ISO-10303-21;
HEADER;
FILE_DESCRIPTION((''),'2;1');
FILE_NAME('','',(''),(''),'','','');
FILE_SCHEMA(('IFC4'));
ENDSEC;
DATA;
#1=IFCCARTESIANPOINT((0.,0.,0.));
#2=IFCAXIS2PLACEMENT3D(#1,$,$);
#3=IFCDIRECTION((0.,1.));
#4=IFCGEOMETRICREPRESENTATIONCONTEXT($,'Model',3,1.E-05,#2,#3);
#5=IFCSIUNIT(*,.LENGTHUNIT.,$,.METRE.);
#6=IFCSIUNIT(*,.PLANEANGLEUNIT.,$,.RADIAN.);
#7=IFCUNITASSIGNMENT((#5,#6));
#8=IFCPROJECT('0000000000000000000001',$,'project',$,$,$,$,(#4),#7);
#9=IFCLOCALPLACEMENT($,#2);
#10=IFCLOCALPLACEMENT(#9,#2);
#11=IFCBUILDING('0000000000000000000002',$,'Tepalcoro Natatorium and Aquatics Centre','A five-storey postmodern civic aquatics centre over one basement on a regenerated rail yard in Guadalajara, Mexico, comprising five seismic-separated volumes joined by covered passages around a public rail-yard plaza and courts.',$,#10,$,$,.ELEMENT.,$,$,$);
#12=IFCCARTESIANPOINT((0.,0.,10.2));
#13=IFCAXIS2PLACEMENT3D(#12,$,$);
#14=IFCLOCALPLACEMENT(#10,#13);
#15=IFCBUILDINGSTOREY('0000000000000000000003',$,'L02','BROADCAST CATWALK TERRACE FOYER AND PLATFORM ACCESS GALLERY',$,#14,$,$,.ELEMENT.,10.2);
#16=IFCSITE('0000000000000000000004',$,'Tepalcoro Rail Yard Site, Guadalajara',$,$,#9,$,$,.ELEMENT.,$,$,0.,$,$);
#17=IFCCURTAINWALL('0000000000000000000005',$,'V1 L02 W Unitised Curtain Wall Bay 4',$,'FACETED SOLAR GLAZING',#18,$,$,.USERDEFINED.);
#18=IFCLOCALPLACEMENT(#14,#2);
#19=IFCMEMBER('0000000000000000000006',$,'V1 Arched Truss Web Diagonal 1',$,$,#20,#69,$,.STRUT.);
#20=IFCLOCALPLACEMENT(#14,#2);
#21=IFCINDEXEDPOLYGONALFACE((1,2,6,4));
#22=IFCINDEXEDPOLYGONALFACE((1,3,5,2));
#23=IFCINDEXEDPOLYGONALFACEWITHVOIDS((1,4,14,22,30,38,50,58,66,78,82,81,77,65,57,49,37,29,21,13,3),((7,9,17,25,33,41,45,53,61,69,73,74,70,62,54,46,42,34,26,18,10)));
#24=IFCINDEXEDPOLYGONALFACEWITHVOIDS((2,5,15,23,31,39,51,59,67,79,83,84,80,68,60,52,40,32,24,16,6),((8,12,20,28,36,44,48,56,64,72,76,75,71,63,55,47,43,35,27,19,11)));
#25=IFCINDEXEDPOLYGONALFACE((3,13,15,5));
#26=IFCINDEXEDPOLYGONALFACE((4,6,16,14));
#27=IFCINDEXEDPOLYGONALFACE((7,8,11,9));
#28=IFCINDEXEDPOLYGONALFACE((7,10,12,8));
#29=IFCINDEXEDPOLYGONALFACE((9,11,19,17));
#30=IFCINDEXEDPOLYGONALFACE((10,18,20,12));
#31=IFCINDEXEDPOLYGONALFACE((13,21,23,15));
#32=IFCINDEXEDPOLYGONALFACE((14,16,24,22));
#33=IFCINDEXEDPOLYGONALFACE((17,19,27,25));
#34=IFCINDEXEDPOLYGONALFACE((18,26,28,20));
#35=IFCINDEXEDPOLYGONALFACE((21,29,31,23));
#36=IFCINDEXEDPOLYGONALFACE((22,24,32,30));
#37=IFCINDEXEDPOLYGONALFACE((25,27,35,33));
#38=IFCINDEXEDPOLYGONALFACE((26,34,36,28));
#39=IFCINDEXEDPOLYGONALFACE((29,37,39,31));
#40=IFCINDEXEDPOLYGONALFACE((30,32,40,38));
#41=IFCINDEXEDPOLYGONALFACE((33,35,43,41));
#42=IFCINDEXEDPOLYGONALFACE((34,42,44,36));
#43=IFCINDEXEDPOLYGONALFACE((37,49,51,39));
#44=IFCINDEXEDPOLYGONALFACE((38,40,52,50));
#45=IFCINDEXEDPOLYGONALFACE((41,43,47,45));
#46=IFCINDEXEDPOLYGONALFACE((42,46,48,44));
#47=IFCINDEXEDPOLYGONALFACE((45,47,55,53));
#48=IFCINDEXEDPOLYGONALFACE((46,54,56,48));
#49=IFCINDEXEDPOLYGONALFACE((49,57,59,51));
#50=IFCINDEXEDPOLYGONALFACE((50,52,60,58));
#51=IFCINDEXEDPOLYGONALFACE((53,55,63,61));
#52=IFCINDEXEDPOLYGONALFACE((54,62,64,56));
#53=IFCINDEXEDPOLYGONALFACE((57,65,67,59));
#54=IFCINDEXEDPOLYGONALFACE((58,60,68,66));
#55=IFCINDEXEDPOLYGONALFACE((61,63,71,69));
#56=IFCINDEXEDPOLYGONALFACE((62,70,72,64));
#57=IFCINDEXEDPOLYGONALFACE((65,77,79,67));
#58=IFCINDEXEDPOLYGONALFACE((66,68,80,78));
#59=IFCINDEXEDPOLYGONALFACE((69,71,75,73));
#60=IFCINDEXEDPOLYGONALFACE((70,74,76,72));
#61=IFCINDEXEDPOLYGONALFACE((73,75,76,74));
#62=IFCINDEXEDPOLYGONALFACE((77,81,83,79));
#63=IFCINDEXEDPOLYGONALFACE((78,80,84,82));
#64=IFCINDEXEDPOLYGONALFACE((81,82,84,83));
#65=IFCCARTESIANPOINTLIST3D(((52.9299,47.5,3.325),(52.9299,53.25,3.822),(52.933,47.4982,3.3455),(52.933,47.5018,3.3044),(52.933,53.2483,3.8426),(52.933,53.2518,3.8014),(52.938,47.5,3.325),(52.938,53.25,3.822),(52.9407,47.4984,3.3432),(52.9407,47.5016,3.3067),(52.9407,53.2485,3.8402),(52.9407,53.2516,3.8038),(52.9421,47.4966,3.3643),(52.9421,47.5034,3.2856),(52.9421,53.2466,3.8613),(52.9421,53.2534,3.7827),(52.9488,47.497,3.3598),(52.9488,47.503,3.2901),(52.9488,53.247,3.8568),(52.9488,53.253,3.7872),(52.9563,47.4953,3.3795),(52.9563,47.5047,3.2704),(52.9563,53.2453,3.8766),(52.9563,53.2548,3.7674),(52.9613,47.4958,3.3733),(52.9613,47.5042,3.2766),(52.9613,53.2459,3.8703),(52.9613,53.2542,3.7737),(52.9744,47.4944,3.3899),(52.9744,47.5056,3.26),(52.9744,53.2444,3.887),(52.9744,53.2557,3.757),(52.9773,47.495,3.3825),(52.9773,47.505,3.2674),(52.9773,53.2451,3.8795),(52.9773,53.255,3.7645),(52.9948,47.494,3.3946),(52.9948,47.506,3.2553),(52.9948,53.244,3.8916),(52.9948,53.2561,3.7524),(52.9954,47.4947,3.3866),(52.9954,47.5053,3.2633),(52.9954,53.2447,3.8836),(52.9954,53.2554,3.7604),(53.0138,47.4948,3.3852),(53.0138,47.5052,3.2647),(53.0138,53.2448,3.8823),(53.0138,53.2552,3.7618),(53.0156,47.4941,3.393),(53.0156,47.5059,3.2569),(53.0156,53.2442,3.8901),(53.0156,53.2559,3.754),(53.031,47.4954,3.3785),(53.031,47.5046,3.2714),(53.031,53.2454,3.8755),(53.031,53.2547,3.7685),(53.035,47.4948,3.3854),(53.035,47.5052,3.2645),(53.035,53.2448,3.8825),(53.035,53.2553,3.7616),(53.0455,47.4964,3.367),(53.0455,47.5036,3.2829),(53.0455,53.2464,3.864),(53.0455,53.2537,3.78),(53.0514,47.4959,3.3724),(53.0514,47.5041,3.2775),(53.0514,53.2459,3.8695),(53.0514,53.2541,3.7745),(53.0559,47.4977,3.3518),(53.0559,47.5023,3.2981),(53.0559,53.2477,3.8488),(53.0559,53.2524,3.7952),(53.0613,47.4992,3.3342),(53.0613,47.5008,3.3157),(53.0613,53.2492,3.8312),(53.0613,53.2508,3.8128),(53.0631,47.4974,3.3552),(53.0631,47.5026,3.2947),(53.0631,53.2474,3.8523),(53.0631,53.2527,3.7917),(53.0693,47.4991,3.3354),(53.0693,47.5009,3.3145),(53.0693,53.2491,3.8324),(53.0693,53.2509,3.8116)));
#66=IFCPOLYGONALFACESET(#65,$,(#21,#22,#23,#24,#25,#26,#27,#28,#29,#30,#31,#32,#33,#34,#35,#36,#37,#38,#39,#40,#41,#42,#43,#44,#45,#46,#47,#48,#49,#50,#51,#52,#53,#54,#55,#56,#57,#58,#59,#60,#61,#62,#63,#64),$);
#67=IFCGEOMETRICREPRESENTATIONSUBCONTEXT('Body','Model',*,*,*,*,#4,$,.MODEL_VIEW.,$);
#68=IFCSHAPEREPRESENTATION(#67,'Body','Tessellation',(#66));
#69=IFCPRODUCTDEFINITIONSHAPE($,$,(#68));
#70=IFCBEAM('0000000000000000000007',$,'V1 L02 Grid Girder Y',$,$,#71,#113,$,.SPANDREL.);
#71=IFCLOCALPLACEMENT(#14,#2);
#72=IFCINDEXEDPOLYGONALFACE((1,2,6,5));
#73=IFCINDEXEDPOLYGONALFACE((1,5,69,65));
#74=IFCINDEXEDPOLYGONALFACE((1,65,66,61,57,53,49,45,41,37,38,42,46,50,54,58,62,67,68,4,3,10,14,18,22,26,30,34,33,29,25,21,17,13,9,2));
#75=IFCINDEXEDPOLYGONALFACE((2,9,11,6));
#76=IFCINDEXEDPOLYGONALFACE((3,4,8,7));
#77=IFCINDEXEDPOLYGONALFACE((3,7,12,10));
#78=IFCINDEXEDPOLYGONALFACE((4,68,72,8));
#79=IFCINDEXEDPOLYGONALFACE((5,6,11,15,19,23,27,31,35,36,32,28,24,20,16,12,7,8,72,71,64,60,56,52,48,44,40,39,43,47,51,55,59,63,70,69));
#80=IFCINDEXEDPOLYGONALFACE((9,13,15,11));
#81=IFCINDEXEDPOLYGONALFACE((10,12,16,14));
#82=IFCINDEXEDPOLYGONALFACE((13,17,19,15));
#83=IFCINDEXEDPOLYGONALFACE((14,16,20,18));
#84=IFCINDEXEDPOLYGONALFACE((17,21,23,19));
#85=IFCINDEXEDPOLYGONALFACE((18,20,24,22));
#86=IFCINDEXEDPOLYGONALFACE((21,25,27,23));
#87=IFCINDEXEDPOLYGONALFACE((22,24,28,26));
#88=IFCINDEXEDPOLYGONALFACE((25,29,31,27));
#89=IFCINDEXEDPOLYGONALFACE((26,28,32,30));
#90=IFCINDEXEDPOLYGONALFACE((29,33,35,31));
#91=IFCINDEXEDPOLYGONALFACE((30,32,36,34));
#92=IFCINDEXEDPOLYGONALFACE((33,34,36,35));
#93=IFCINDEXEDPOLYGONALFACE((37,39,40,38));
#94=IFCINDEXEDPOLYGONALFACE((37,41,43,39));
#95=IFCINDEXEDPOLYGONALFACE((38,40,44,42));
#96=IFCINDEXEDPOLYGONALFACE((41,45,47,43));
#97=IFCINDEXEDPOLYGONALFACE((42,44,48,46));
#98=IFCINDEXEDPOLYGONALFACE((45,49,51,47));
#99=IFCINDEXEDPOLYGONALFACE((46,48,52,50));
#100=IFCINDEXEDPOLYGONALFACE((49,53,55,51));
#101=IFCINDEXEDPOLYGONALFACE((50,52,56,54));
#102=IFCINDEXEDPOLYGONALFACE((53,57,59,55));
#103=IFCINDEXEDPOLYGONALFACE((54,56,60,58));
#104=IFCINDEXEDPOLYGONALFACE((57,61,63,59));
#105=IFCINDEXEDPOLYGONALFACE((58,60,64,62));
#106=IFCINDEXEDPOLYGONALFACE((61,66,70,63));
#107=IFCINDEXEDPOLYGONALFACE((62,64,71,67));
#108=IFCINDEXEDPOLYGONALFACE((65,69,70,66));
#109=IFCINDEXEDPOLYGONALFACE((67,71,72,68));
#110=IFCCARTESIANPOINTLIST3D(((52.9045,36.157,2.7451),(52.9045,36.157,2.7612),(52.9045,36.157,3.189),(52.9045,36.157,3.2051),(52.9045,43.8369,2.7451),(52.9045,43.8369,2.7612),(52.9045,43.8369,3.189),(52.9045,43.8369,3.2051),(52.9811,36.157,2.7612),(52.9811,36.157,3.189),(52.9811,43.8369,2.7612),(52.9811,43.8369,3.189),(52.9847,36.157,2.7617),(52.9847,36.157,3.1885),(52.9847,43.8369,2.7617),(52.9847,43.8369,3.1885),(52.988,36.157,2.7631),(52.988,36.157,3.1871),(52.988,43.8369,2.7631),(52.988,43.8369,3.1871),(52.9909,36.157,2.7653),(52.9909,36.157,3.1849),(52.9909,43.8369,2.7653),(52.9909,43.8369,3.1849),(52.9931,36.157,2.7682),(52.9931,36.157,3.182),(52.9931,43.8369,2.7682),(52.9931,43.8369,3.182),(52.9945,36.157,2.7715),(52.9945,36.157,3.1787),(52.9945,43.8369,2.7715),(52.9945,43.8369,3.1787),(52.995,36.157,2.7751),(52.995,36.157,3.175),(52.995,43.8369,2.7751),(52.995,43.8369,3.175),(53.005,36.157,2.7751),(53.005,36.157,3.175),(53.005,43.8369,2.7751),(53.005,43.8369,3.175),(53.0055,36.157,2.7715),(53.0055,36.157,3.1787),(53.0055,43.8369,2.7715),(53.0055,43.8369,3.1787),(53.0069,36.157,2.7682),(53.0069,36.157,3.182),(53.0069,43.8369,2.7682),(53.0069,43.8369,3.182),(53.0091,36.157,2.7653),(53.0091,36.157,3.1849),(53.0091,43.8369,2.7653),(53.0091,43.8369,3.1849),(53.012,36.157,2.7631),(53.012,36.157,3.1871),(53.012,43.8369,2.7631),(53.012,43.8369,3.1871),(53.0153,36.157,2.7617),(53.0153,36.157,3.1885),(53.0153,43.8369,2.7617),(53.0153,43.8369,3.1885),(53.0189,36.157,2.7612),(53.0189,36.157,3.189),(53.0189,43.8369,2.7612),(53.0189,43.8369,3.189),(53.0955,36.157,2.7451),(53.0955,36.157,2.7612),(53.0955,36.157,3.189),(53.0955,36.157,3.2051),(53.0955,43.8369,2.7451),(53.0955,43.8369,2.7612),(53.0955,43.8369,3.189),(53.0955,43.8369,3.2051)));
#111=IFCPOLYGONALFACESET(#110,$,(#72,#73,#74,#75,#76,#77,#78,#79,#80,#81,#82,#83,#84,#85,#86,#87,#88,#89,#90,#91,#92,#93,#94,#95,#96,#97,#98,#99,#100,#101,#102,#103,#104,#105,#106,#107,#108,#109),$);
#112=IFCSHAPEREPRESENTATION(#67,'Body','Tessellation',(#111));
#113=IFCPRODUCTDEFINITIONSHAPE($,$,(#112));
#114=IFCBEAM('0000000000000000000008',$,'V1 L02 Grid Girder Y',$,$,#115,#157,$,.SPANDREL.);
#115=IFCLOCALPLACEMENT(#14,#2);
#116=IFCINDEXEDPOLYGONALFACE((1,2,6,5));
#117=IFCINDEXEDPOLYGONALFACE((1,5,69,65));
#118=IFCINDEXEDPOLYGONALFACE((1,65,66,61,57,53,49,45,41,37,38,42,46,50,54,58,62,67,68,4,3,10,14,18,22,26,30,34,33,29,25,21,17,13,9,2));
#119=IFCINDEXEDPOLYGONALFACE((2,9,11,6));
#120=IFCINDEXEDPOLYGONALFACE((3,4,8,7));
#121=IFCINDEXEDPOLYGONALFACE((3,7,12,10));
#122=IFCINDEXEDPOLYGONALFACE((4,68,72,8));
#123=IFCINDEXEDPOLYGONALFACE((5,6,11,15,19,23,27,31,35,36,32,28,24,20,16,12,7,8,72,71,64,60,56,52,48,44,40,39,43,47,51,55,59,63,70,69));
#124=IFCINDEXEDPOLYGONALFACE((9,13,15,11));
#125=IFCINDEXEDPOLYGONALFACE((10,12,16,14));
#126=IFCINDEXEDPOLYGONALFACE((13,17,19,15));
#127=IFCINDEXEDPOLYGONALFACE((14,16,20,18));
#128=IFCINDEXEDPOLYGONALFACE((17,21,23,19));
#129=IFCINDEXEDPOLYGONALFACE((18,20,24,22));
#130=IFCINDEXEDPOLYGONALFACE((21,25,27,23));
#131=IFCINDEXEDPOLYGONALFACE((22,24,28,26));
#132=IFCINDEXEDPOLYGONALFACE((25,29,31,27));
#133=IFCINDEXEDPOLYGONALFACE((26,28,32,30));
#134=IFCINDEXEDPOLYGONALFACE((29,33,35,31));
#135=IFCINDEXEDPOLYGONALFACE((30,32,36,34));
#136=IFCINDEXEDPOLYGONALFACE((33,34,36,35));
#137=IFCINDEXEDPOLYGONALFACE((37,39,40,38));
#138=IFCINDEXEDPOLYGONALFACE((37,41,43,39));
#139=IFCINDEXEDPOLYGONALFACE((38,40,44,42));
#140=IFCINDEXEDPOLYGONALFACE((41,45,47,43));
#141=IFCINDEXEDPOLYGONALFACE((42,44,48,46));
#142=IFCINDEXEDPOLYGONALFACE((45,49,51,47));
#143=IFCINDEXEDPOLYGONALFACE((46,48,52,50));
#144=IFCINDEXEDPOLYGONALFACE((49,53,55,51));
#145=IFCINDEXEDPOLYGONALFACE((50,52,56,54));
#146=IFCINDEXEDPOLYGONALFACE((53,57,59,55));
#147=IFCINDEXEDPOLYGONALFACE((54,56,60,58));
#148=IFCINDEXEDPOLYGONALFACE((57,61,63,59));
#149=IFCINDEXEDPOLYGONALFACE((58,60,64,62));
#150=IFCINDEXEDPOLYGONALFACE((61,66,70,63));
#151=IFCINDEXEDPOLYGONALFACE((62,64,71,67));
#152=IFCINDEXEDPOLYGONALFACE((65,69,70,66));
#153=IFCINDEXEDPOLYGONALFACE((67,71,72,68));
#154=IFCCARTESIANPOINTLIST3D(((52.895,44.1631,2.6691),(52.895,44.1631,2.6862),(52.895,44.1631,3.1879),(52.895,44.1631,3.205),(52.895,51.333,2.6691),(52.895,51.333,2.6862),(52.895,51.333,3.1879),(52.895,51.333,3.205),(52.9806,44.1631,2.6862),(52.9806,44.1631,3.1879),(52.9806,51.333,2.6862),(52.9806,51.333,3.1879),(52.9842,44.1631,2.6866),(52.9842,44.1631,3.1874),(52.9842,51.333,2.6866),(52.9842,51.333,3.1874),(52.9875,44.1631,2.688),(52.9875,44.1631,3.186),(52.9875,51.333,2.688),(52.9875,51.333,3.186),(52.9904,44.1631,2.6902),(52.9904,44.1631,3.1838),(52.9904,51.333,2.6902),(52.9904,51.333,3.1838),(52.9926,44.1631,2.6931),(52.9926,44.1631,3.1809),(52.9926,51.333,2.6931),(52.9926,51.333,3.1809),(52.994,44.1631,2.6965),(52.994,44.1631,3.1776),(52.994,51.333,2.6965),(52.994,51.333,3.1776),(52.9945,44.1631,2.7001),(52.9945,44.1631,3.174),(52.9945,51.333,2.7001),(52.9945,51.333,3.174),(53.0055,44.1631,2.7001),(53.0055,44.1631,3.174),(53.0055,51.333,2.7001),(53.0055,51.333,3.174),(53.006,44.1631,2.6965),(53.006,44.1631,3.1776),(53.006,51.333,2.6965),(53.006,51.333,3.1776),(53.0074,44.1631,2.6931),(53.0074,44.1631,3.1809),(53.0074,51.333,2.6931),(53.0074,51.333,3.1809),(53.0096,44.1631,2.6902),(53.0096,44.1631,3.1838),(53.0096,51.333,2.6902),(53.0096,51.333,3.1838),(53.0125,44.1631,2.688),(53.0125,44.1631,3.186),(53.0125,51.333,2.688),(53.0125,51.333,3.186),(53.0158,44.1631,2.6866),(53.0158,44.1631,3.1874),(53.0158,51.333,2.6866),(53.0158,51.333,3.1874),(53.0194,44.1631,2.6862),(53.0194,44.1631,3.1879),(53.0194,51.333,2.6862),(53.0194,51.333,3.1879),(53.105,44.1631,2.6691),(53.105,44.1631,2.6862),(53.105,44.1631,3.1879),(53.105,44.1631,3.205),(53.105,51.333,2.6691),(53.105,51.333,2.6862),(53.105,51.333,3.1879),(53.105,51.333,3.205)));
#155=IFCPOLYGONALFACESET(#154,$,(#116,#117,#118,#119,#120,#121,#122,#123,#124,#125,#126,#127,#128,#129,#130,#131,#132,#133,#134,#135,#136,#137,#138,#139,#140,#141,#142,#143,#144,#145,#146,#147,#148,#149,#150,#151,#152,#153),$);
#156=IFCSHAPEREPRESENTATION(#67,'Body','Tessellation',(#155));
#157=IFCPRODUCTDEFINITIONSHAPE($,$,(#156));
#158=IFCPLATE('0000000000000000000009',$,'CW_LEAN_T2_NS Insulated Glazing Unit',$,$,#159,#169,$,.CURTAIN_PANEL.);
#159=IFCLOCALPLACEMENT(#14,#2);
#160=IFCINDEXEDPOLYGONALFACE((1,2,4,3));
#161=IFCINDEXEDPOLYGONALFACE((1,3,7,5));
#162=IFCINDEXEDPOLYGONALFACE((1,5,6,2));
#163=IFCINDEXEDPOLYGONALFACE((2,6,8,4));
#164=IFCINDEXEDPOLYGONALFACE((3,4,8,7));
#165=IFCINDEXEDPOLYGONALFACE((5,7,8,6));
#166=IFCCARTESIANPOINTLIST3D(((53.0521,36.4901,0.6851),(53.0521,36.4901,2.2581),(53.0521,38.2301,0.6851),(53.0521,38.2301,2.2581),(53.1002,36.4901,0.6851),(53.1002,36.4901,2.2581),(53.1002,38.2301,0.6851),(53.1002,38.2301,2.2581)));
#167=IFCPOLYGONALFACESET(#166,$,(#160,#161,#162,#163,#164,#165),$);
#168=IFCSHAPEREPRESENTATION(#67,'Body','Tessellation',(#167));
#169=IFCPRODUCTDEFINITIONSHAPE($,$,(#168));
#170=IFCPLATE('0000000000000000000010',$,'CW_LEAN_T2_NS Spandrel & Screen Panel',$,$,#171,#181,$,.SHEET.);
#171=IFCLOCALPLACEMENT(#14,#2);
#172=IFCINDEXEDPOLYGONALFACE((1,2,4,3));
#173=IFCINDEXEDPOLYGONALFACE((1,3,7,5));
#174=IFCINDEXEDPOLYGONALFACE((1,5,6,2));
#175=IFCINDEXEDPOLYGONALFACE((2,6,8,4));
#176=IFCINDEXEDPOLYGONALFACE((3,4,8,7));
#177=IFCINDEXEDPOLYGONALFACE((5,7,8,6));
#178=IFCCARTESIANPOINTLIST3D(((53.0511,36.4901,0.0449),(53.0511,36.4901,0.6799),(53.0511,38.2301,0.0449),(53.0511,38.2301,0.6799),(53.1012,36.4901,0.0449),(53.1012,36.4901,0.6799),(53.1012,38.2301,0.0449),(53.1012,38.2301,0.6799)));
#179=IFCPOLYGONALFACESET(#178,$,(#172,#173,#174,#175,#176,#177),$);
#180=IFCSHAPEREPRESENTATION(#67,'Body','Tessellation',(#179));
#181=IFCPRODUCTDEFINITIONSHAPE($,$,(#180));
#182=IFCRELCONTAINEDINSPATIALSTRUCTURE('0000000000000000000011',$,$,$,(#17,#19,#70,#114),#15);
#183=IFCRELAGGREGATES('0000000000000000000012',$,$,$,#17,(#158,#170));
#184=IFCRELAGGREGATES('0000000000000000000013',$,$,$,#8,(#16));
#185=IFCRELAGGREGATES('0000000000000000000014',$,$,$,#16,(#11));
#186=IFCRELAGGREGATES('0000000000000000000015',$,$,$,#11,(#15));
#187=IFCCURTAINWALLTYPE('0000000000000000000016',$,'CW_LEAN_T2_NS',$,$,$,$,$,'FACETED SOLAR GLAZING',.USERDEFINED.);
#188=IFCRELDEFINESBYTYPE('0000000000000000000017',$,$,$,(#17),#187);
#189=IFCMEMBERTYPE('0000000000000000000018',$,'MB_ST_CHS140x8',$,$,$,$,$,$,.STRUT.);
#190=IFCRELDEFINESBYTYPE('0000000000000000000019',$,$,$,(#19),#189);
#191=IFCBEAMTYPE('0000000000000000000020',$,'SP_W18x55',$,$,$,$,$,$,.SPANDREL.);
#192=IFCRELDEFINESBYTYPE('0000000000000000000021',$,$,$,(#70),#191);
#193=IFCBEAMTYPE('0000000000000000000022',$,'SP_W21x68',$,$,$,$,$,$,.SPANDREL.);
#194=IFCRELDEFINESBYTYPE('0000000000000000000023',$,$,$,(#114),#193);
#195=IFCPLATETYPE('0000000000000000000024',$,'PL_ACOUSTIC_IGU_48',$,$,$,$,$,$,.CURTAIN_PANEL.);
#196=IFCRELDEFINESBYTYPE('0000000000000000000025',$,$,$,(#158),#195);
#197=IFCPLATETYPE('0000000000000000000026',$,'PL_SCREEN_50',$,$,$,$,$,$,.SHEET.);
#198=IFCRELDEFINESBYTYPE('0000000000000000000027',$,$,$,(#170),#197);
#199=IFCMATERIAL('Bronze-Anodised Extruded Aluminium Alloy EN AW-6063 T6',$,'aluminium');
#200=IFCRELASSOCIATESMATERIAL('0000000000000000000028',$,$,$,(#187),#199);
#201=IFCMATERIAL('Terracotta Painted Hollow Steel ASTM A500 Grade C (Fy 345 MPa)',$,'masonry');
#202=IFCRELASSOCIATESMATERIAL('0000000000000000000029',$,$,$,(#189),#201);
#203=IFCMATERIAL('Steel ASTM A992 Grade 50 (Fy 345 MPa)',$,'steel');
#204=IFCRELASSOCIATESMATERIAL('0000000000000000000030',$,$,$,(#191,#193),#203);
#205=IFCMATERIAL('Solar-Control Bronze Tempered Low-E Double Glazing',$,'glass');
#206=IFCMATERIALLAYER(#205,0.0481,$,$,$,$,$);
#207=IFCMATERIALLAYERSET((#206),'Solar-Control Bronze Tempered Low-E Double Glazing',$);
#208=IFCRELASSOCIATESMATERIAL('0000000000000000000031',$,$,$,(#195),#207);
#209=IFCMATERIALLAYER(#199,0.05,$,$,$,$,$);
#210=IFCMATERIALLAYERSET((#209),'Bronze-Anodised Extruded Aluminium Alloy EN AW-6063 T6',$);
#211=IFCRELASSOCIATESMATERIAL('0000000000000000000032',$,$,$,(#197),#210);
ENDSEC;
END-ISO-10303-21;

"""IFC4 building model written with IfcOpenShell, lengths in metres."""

from ifc_helpers import new_model, si_unit, direction, frame, origin, origin_2d, place, context, subcontext, project, spatial, rectangle, hollow_circle, i_section, extrude, material, layer, layer_set, material_profile, profile_set, type_object, element, aggregate, save


model = new_model("IFC4")

# Units and contexts
model_context = context("Model", 3, precision=1e-05, world=origin(), true_north=direction((0.0, 1.0)))
body_context = subcontext(model_context, "Body", "Model", "MODEL_VIEW")
ifc_project = project(units=[si_unit("LENGTHUNIT", "METRE"), si_unit("PLANEANGLEUNIT", "RADIAN")], contexts=[model_context])

# Site, building, storey
site_placement = place(None, origin())
site = spatial("IfcSite", under=ifc_project, at=site_placement, Name="Tepalcoro Rail Yard Site, Guadalajara", CompositionType="ELEMENT", RefElevation=0.0)
building_placement = place(site_placement, origin())
building = spatial("IfcBuilding", under=site, at=building_placement, Name="Tepalcoro Natatorium and Aquatics Centre", Description="A five-storey postmodern civic aquatics centre over one basement on a regenerated rail yard in Guadalajara, Mexico, comprising five seismic-separated volumes joined by covered passages around a public rail-yard plaza and courts.", CompositionType="ELEMENT")
storey_placement = place(building_placement, frame((0.0, 0.0, 10.2)))
storey = spatial("IfcBuildingStorey", under=building, at=storey_placement, Name="L02", Description="BROADCAST CATWALK TERRACE FOYER AND PLATFORM ACCESS GALLERY", CompositionType="ELEMENT", Elevation=10.2)

# Shared definitions
ifc_material_1 = material(Name="Steel ASTM A992 Grade 50 (Fy 345 MPa)", Category="steel")

# Shared definitions
ifc_material_2 = material(Name="Terracotta Painted Hollow Steel ASTM A500 Grade C (Fy 345 MPa)", Category="masonry")

# Curtain wall
ifc_material_3 = material(Name="Bronze-Anodised Extruded Aluminium Alloy EN AW-6063 T6", Category="aluminium")
curtain_wall_type = type_object("IfcCurtainWallType", Name="CW_LEAN_T2_NS", ElementType="FACETED SOLAR GLAZING", PredefinedType="USERDEFINED", material=ifc_material_3)
curtain_wall_placement = place(storey_placement, origin())
curtain_wall = element("IfcCurtainWall", 1, at=curtain_wall_placement, inside=storey, type_object=curtain_wall_type, Name="V1 L02 W Unitised Curtain Wall Bay 4", ObjectType="FACETED SOLAR GLAZING", PredefinedType="USERDEFINED")

# Member
ifc_material_profile_1 = material_profile(ifc_material_2, hollow_circle(Radius=0.0701, WallThickness=0.0081, at=origin_2d()), Name="CHS140X8")
ifc_profile_set_1 = profile_set([ifc_material_profile_1], Name="Terracotta Painted Hollow Steel ASTM A500 Grade C (Fy 345 MPa)")
member_type_1 = type_object("IfcMemberType", Name="MB_ST_CHS140x8", PredefinedType="STRUT", material=ifc_profile_set_1)
member_1_placement = place(storey_placement, frame((53.0, 47.5, 3.325), z_axis=(0.0, 0.996284, 0.086126), x_axis=(-1.0, 0.0, 0.0)))
element("IfcMember", 2, at=member_1_placement, inside=storey, type_object=member_type_1, Name="V1 Arched Truss Web Diagonal 1", PredefinedType="STRUT", context=body_context, shape_type="SweptSolid", body=[
    extrude(hollow_circle(Radius=0.0701, WallThickness=0.0081, at=origin_2d()), origin(), (0.0, 0.0, 1.0), 5.7715),
])

# Beams
ifc_material_profile_2 = material_profile(ifc_material_1, i_section(OverallWidth=0.1909, OverallDepth=0.46, WebThickness=0.01, FlangeThickness=0.0161, FilletRadius=0.0139, at=origin_2d()), Name="W18X55")
ifc_profile_set_2 = profile_set([ifc_material_profile_2], Name="Steel ASTM A992 Grade 50 (Fy 345 MPa)")
beam_type_1 = type_object("IfcBeamType", Name="SP_W18x55", PredefinedType="SPANDREL", material=ifc_profile_set_2)
beam_1_placement = place(storey_placement, frame((53.0, 36.157, 2.9751), z_axis=(0.0, 1.0, 0.0), x_axis=(-1.0, 0.0, 0.0)))
element("IfcBeam", 3, at=beam_1_placement, inside=storey, type_object=beam_type_1, Name="V1 L02 Grid Girder Y", PredefinedType="SPANDREL", context=body_context, shape_type="SweptSolid", body=[
    extrude(i_section(OverallWidth=0.1909, OverallDepth=0.46, WebThickness=0.01, FlangeThickness=0.0161, FilletRadius=0.0139, at=origin_2d()), origin(), (0.0, 0.0, 1.0), 7.6799),
])
ifc_material_profile_3 = material_profile(ifc_material_1, i_section(OverallWidth=0.21, OverallDepth=0.5359, WebThickness=0.011, FlangeThickness=0.0171, FilletRadius=0.0139, at=origin_2d()), Name="W21X68")
ifc_profile_set_3 = profile_set([ifc_material_profile_3], Name="Steel ASTM A992 Grade 50 (Fy 345 MPa)")
beam_type_2 = type_object("IfcBeamType", Name="SP_W21x68", PredefinedType="SPANDREL", material=ifc_profile_set_3)
beam_2_placement = place(storey_placement, frame((53.0, 44.1631, 2.937), z_axis=(0.0, 1.0, 0.0), x_axis=(-1.0, 0.0, 0.0)))
element("IfcBeam", 4, at=beam_2_placement, inside=storey, type_object=beam_type_2, Name="V1 L02 Grid Girder Y", PredefinedType="SPANDREL", context=body_context, shape_type="SweptSolid", body=[
    extrude(i_section(OverallWidth=0.21, OverallDepth=0.5359, WebThickness=0.011, FlangeThickness=0.0171, FilletRadius=0.0139, at=origin_2d()), origin(), (0.0, 0.0, 1.0), 7.1699),
])

# Plates
ifc_material_4 = material(Name="Solar-Control Bronze Tempered Low-E Double Glazing", Category="glass")
ifc_layer_1 = layer(ifc_material_4, 0.0481)
ifc_layer_set_1 = layer_set([ifc_layer_1], Name="Solar-Control Bronze Tempered Low-E Double Glazing")
plate_type_1 = type_object("IfcPlateType", Name="PL_ACOUSTIC_IGU_48", PredefinedType="CURTAIN_PANEL", material=ifc_layer_set_1)
plate_1_placement = place(storey_placement, frame((53.0762, 37.3601, 0.6851), z_axis=(0.0, 0.0, 1.0), x_axis=(1.0, 0.0, 0.0)))
plate_1 = element("IfcPlate", 5, at=plate_1_placement, type_object=plate_type_1, Name="CW_LEAN_T2_NS Insulated Glazing Unit", PredefinedType="CURTAIN_PANEL", context=body_context, shape_type="SweptSolid", body=[
    extrude(rectangle(XDim=0.0481, YDim=1.74, at=origin_2d()), origin(), (0.0, 0.0, 1.0), 1.573),
])
ifc_layer_2 = layer(ifc_material_3, 0.05)
ifc_layer_set_2 = layer_set([ifc_layer_2], Name="Bronze-Anodised Extruded Aluminium Alloy EN AW-6063 T6")
plate_type_2 = type_object("IfcPlateType", Name="PL_SCREEN_50", PredefinedType="SHEET", material=ifc_layer_set_2)
plate_2_placement = place(storey_placement, frame((53.0762, 37.3601, 0.0449), z_axis=(0.0, 0.0, 1.0), x_axis=(1.0, 0.0, 0.0)))
plate_2 = element("IfcPlate", 6, at=plate_2_placement, type_object=plate_type_2, Name="CW_LEAN_T2_NS Spandrel & Screen Panel", PredefinedType="SHEET", context=body_context, shape_type="SweptSolid", body=[
    extrude(rectangle(XDim=0.05, YDim=1.74, at=origin_2d()), origin(), (0.0, 0.0, 1.0), 0.635),
])
aggregate(curtain_wall, [plate_1, plate_2])

save(model, "model.ifc")
